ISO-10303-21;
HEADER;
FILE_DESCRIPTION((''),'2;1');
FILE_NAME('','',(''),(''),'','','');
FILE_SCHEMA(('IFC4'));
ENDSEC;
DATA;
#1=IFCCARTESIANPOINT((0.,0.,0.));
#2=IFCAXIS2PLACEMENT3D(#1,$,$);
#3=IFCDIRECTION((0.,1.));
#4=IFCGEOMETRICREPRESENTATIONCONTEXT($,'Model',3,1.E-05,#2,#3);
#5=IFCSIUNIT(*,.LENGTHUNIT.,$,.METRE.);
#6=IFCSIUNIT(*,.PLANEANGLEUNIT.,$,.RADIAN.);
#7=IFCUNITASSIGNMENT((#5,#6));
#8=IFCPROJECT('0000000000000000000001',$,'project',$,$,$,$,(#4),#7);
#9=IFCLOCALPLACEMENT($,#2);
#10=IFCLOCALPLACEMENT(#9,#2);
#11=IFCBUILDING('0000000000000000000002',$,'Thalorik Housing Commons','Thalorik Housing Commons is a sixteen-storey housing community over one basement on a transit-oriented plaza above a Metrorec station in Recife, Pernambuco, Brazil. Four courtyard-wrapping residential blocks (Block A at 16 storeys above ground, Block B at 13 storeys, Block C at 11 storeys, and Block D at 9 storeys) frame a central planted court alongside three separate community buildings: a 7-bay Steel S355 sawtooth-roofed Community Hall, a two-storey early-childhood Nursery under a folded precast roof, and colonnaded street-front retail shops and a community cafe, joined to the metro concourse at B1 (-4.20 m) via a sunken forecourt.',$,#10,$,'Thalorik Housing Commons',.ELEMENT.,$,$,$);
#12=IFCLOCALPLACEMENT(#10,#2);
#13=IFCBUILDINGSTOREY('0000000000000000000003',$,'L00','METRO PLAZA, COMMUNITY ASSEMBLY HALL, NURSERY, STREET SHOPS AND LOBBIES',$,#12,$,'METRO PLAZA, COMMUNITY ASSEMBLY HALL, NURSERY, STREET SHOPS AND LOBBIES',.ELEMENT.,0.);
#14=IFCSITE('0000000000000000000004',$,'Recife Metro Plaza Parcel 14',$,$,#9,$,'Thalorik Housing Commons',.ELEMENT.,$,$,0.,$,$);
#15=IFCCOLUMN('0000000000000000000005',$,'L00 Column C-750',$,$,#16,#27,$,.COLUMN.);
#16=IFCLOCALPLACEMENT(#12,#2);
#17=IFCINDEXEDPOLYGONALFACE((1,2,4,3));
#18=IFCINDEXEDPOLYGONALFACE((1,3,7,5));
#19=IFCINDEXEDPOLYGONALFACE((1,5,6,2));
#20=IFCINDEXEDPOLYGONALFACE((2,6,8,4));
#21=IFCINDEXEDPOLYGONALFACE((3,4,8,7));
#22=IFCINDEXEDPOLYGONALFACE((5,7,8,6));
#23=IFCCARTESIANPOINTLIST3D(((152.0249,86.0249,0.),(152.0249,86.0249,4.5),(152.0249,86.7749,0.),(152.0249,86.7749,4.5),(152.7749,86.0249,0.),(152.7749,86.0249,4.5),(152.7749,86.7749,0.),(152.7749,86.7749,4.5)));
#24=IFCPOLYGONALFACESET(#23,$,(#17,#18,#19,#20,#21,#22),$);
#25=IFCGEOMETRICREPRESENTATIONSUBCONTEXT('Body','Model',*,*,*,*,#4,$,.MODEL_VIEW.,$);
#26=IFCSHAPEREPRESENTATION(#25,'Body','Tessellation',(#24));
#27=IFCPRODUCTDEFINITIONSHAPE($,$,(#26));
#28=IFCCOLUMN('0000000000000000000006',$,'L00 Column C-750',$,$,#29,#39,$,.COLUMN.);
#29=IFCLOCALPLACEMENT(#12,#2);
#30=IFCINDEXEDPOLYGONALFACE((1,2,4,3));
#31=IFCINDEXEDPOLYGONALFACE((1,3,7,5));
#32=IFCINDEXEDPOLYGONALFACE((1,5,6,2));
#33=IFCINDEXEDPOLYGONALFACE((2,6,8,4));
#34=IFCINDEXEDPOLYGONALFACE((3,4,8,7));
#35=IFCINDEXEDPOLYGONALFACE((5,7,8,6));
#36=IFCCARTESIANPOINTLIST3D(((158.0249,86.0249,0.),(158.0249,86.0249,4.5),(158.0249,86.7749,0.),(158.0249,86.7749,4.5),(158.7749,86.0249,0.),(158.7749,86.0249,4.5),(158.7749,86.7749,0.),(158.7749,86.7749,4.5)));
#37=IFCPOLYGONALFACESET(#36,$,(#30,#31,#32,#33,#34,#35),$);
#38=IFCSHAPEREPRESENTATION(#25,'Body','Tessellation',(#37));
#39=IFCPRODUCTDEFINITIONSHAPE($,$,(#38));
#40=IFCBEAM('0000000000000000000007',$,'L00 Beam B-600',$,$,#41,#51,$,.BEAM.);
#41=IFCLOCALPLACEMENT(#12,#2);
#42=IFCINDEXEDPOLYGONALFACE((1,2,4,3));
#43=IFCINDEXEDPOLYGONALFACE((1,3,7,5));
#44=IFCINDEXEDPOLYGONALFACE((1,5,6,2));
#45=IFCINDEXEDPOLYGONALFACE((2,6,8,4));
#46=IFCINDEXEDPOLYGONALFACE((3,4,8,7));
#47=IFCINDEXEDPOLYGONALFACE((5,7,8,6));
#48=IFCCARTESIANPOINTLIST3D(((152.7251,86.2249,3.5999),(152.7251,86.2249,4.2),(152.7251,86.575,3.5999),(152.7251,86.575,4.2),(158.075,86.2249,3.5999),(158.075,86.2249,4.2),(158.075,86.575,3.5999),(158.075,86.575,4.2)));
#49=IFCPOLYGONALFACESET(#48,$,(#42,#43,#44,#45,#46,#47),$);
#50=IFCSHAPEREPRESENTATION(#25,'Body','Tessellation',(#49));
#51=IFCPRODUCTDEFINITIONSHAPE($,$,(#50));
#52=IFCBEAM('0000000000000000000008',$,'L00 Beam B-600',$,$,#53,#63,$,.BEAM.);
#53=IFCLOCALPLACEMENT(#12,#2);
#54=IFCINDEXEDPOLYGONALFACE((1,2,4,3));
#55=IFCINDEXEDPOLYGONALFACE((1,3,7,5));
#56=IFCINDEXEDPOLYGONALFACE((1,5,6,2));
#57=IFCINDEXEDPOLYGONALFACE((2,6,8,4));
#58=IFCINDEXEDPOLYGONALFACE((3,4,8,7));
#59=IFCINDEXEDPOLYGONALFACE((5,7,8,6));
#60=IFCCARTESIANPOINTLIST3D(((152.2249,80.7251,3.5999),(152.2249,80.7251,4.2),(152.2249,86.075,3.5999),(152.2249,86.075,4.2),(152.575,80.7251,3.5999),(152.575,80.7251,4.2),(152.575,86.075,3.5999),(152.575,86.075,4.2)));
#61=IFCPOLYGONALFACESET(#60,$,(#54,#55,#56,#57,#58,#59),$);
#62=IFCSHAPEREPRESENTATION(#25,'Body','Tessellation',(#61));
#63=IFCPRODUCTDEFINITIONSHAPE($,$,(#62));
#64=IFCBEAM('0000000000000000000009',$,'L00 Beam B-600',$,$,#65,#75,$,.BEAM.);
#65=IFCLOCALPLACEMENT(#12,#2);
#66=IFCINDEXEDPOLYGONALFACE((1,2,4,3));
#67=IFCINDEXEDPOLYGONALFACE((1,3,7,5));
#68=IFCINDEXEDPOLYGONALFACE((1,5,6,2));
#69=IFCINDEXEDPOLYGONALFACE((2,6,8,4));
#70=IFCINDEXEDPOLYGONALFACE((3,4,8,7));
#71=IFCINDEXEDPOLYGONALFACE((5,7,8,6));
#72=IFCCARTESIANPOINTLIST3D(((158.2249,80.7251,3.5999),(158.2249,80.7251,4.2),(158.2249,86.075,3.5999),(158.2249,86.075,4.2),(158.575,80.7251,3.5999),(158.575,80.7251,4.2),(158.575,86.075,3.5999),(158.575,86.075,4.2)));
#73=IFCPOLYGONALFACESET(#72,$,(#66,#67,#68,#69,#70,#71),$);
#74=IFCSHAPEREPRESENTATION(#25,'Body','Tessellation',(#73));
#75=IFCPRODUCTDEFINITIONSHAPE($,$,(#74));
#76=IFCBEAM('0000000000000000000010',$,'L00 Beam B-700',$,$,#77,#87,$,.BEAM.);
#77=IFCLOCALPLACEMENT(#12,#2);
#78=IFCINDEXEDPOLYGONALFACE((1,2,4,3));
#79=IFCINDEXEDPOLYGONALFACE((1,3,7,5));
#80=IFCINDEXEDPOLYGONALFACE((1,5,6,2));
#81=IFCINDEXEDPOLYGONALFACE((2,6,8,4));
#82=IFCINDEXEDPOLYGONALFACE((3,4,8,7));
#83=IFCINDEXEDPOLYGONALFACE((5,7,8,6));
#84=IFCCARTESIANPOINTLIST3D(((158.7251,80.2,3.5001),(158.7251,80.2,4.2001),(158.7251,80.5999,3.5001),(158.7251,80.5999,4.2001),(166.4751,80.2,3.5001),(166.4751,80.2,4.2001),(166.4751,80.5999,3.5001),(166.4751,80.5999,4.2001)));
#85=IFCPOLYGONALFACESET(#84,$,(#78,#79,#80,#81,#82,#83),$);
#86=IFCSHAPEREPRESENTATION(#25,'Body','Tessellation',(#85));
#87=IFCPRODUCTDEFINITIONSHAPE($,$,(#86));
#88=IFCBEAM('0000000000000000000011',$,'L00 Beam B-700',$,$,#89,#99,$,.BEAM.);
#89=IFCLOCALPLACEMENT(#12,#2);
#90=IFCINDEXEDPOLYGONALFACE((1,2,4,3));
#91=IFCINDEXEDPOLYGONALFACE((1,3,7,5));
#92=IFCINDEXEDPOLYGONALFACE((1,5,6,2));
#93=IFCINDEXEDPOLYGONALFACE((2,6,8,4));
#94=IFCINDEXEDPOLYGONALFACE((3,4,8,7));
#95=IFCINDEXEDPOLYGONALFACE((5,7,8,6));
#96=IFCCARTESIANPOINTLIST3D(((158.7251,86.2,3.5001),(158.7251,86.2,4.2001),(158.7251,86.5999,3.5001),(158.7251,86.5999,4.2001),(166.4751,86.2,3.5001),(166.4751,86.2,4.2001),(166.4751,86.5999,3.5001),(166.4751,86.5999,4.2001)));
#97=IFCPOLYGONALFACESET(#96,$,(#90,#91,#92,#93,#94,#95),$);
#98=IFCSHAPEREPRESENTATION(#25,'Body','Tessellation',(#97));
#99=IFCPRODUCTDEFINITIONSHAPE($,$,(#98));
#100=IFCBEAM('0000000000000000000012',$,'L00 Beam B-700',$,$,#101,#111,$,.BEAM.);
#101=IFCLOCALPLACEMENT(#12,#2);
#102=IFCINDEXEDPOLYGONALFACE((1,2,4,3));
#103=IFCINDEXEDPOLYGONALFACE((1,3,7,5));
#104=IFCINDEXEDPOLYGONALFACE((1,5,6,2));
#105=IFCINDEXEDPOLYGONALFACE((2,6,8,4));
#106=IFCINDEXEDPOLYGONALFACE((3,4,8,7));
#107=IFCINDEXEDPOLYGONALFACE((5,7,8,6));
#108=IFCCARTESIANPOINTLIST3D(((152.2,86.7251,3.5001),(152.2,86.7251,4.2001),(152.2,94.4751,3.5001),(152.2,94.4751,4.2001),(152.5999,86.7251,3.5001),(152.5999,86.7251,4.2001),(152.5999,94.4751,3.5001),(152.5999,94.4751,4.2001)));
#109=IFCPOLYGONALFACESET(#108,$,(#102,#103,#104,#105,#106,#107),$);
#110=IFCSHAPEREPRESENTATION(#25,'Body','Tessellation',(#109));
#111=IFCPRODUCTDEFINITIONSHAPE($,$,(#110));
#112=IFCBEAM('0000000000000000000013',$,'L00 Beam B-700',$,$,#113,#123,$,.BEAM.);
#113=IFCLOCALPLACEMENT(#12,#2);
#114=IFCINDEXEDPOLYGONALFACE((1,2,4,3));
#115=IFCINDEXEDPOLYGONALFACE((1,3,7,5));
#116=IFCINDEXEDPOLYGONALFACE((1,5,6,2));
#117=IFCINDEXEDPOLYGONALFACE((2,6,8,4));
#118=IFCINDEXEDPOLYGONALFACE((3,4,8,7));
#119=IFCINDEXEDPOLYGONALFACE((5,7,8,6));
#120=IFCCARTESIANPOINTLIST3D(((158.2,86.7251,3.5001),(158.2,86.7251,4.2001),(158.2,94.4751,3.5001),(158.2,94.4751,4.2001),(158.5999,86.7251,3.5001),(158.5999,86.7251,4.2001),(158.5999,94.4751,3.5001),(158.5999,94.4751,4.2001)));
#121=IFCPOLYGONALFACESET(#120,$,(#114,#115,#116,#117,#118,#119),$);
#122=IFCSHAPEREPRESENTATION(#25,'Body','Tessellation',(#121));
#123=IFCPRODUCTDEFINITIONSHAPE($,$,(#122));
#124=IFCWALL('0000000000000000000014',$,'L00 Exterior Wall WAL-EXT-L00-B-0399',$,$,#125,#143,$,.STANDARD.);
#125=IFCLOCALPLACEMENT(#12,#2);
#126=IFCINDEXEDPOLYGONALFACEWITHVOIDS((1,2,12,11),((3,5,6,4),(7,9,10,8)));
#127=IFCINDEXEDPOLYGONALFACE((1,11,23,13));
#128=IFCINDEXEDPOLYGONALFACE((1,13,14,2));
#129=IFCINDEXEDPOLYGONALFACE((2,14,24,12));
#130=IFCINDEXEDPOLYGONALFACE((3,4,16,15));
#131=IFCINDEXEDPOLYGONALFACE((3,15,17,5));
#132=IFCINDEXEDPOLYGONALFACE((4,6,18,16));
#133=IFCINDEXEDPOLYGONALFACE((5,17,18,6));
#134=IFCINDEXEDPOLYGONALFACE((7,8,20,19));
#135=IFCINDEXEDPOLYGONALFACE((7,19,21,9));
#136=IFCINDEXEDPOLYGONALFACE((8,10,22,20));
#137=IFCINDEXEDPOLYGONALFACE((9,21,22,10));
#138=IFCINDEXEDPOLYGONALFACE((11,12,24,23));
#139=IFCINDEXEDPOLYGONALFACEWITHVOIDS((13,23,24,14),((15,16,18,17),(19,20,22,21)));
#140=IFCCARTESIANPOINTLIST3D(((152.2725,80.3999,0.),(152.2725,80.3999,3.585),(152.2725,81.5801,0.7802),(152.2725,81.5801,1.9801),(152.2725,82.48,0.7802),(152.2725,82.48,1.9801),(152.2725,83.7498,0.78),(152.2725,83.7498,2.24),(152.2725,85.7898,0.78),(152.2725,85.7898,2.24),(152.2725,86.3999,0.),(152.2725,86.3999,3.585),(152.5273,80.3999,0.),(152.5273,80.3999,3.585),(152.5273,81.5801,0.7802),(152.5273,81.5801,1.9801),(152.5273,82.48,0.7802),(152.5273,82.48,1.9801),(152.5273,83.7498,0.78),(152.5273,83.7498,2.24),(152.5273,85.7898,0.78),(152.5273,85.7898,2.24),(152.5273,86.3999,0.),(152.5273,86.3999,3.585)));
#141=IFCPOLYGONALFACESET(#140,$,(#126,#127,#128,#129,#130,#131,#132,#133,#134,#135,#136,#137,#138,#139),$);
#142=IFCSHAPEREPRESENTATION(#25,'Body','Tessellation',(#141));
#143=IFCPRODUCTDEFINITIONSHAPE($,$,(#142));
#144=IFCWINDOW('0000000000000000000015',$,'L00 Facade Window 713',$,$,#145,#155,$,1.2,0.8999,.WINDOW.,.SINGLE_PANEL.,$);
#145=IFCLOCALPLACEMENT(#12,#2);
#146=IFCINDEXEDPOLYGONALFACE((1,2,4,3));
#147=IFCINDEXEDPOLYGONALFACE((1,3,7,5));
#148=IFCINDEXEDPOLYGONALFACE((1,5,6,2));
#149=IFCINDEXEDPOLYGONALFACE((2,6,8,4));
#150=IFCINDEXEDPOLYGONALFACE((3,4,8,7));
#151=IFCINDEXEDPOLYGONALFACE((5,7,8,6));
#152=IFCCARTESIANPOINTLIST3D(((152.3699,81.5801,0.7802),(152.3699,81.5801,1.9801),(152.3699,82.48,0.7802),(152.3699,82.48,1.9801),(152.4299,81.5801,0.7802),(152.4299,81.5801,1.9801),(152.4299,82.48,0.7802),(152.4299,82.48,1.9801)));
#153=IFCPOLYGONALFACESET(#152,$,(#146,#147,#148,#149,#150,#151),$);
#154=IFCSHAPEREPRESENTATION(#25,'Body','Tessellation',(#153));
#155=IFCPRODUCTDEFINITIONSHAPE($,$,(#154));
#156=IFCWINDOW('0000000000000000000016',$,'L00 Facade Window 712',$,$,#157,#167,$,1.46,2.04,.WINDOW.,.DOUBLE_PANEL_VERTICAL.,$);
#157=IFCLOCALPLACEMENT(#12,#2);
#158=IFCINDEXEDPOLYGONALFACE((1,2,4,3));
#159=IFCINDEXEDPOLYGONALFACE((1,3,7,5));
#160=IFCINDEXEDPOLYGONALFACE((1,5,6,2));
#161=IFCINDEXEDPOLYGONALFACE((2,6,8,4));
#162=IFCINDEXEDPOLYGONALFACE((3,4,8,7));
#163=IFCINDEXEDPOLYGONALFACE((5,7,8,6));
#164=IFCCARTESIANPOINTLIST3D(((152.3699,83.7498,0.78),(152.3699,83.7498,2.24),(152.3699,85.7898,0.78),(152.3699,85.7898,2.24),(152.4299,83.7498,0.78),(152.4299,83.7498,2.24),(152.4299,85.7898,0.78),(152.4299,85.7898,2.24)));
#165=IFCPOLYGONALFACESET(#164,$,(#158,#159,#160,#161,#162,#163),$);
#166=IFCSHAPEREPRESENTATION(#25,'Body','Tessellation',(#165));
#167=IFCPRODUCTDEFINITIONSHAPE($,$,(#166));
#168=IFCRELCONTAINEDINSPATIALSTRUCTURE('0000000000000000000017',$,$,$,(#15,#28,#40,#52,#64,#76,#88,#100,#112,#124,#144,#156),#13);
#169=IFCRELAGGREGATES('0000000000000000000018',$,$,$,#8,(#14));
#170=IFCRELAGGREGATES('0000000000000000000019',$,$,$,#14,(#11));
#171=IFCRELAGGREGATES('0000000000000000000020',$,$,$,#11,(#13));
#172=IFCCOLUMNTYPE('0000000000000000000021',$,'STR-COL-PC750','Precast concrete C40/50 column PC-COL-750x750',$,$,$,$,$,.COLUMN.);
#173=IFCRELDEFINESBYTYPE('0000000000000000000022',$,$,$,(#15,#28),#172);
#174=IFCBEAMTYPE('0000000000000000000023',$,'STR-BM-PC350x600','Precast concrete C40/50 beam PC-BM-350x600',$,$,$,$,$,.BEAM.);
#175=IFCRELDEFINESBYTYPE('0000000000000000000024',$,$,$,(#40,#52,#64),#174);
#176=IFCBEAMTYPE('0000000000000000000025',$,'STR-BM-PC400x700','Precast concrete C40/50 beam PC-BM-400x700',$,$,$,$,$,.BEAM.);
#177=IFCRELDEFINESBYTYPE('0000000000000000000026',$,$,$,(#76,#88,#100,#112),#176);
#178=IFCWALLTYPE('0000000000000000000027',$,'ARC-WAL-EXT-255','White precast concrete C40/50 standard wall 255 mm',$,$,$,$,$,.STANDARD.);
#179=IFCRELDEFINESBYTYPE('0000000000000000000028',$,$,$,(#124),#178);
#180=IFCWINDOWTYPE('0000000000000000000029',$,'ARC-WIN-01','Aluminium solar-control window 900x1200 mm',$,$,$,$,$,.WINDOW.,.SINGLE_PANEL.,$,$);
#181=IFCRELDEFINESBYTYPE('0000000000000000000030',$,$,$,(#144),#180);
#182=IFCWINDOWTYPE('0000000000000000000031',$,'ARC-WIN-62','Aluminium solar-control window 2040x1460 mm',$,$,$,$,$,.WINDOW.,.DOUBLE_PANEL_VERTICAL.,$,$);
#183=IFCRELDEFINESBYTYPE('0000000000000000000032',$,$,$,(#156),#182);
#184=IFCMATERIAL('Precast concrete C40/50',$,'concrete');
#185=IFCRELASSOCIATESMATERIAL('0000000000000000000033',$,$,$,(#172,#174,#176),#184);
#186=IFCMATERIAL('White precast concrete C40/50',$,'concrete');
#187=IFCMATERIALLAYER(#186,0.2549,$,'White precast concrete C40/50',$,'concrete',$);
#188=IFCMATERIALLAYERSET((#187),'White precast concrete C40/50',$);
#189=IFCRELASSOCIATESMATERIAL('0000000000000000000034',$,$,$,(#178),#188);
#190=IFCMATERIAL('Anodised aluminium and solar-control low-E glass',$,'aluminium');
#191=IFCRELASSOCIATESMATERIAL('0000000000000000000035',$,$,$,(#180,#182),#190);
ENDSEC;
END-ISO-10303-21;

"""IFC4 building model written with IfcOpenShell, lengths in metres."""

from ifc_helpers import new_model, si_unit, direction, frame, frame_2d, origin, origin_2d, place, context, subcontext, project, spatial, rectangle, extrude, material, layer, layer_set, material_profile, profile_set, type_object, element, fill, save


model = new_model("IFC4")

# Units and contexts
model_context = context("Model", 3, precision=1e-05, world=origin(), true_north=direction((0.0, 1.0)))
body_context = subcontext(model_context, "Body", "Model", "MODEL_VIEW")
ifc_project = project(units=[si_unit("LENGTHUNIT", "METRE"), si_unit("PLANEANGLEUNIT", "RADIAN")], contexts=[model_context])

# Site, building, storey
site_placement = place(None, origin())
site = spatial("IfcSite", under=ifc_project, at=site_placement, Name="Recife Metro Plaza Parcel 14", LongName="Thalorik Housing Commons", CompositionType="ELEMENT", RefElevation=0.0)
building_placement = place(site_placement, origin())
building = spatial("IfcBuilding", under=site, at=building_placement, Name="Thalorik Housing Commons", Description="Thalorik Housing Commons is a sixteen-storey housing community over one basement on a transit-oriented plaza above a Metrorec station in Recife, Pernambuco, Brazil. Four courtyard-wrapping residential blocks (Block A at 16 storeys above ground, Block B at 13 storeys, Block C at 11 storeys, and Block D at 9 storeys) frame a central planted court alongside three separate community buildings: a 7-bay Steel S355 sawtooth-roofed Community Hall, a two-storey early-childhood Nursery under a folded precast roof, and colonnaded street-front retail shops and a community cafe, joined to the metro concourse at B1 (-4.20 m) via a sunken forecourt.", LongName="Thalorik Housing Commons", CompositionType="ELEMENT")
storey_placement = place(building_placement, origin())
storey = spatial("IfcBuildingStorey", under=building, at=storey_placement, Name="L00", Description="METRO PLAZA, COMMUNITY ASSEMBLY HALL, NURSERY, STREET SHOPS AND LOBBIES", LongName="METRO PLAZA, COMMUNITY ASSEMBLY HALL, NURSERY, STREET SHOPS AND LOBBIES", CompositionType="ELEMENT", Elevation=0.0)

# Columns
ifc_material_1 = material(Name="Precast concrete C40/50", Category="concrete")
ifc_material_profile_1 = material_profile(ifc_material_1, rectangle(XDim=0.75, YDim=0.75, at=origin_2d()), Name="PC 750x750", Category="concrete")
ifc_profile_set_1 = profile_set([ifc_material_profile_1], Name="Precast concrete C40/50")
column_type = type_object("IfcColumnType", Name="STR-COL-PC750", Description="Precast concrete C40/50 column PC-COL-750x750", PredefinedType="COLUMN", material=ifc_profile_set_1)
for number, where, z_axis, x_axis, name in (
    (1, (152.3999, 86.3999, 0.0), (0.0, 0.0, 1.0), (1.0, 0.0, 0.0), "L00 Column C-750"),
    (2, (158.3999, 86.3999, 0.0), (0.0, 0.0, 1.0), (1.0, 0.0, 0.0), "L00 Column C-750"),
):
    element("IfcColumn", number, at=place(storey_placement, frame(where, z_axis=z_axis, x_axis=x_axis)), inside=storey, type_object=column_type, Name=name, PredefinedType="COLUMN", context=body_context, shape_type="SweptSolid", body=[
        extrude(rectangle(XDim=0.75, YDim=0.75, at=origin_2d()), origin(), (0.0, 0.0, 1.0), 4.5),
    ])

# Beams
ifc_material_profile_2 = material_profile(ifc_material_1, rectangle(XDim=0.3501, YDim=0.6001, at=origin_2d()), Name="PC 350x600", Category="concrete")
ifc_profile_set_2 = profile_set([ifc_material_profile_2], Name="Precast concrete C40/50")
beam_type_1 = type_object("IfcBeamType", Name="STR-BM-PC350x600", Description="Precast concrete C40/50 beam PC-BM-350x600", PredefinedType="BEAM", material=ifc_profile_set_2)
for number, where, z_axis, x_axis, name in (
    (3, (152.7251, 86.3999, 3.8999), (1.0, 0.0, 0.0), (0.0, 1.0, 0.0), "L00 Beam B-600"),
    (4, (152.3999, 80.7251, 3.8999), (0.0, 1.0, 0.0), (-1.0, 0.0, 0.0), "L00 Beam B-600"),
    (5, (158.3999, 80.7251, 3.8999), (0.0, 1.0, 0.0), (-1.0, 0.0, 0.0), "L00 Beam B-600"),
):
    element("IfcBeam", number, at=place(storey_placement, frame(where, z_axis=z_axis, x_axis=x_axis)), inside=storey, type_object=beam_type_1, Name=name, PredefinedType="BEAM", context=body_context, shape_type="SweptSolid", body=[
        extrude(rectangle(XDim=0.3501, YDim=0.6001, at=origin_2d()), origin(), (0.0, 0.0, 1.0), 5.3499),
    ])
ifc_material_profile_3 = material_profile(ifc_material_1, rectangle(XDim=0.3999, YDim=0.7, at=origin_2d()), Name="PC 400x700", Category="concrete")
ifc_profile_set_3 = profile_set([ifc_material_profile_3], Name="Precast concrete C40/50")
beam_type_2 = type_object("IfcBeamType", Name="STR-BM-PC400x700", Description="Precast concrete C40/50 beam PC-BM-400x700", PredefinedType="BEAM", material=ifc_profile_set_3)
for number, where, z_axis, x_axis, name in (
    (6, (158.7251, 80.3999, 3.8501), (1.0, 0.0, 0.0), (0.0, 1.0, 0.0), "L00 Beam B-700"),
    (7, (158.7251, 86.3999, 3.8501), (1.0, 0.0, 0.0), (0.0, 1.0, 0.0), "L00 Beam B-700"),
    (8, (152.3999, 86.7251, 3.8501), (0.0, 1.0, 0.0), (-1.0, 0.0, 0.0), "L00 Beam B-700"),
    (9, (158.3999, 86.7251, 3.8501), (0.0, 1.0, 0.0), (-1.0, 0.0, 0.0), "L00 Beam B-700"),
):
    element("IfcBeam", number, at=place(storey_placement, frame(where, z_axis=z_axis, x_axis=x_axis)), inside=storey, type_object=beam_type_2, Name=name, PredefinedType="BEAM", context=body_context, shape_type="SweptSolid", body=[
        extrude(rectangle(XDim=0.3999, YDim=0.7, at=origin_2d()), origin(), (0.0, 0.0, 1.0), 7.75),
    ])

# Wall, openings, windows
ifc_material_2 = material(Name="White precast concrete C40/50", Category="concrete")
ifc_layer_1 = layer(ifc_material_2, 0.2549, Name="White precast concrete C40/50", Category="concrete")
ifc_layer_set_1 = layer_set([ifc_layer_1], Name="White precast concrete C40/50")
wall_type_1 = type_object("IfcWallType", Name="ARC-WAL-EXT-255", Description="White precast concrete C40/50 standard wall 255 mm", PredefinedType="STANDARD", material=ifc_layer_set_1)
wall_1_placement = place(storey_placement, frame((152.3999, 86.3999, 0.0), z_axis=(0.0, 0.0, 1.0), x_axis=(0.0, -1.0, 0.0)))
wall_1 = element("IfcWall", 10, at=wall_1_placement, inside=storey, type_object=wall_type_1, Name="L00 Exterior Wall WAL-EXT-L00-B-0399", PredefinedType="STANDARD", context=body_context, shape_type="SweptSolid", body=[
    extrude(rectangle(XDim=6.0, YDim=0.2549, at=frame_2d((3.0, 0.0))), origin(), (0.0, 0.0, 1.0), 3.585),
])
opening_1_placement = place(wall_1_placement, frame((0.6101, 0.0, 0.78)))
opening_1 = element("IfcOpeningElement", 11, at=opening_1_placement, cuts=wall_1, PredefinedType="OPENING", context=body_context, shape_type="SweptSolid", body=[
    extrude(rectangle(XDim=2.04, YDim=1.46, at=frame_2d((1.02, 0.73))), frame((0.0, 0.1375, 0.0), z_axis=(0.0, -1.0, 0.0), x_axis=(1.0, 0.0, 0.0)), (0.0, 0.0, 1.0), 0.2749),
])
opening_2_placement = place(wall_1_placement, frame((3.9199, 0.0, 0.78)))
opening_2 = element("IfcOpeningElement", 12, at=opening_2_placement, cuts=wall_1, PredefinedType="OPENING", context=body_context, shape_type="SweptSolid", body=[
    extrude(rectangle(XDim=0.8999, YDim=1.2, at=frame_2d((0.45, 0.6001))), frame((0.0, 0.1375, 0.0), z_axis=(0.0, -1.0, 0.0), x_axis=(1.0, 0.0, 0.0)), (0.0, 0.0, 1.0), 0.2749),
])
ifc_material_3 = material(Name="Anodised aluminium and solar-control low-E glass", Category="aluminium")
window_type_1 = type_object("IfcWindowType", Name="ARC-WIN-01", Description="Aluminium solar-control window 900x1200 mm", PartitioningType="SINGLE_PANEL", PredefinedType="WINDOW", material=ifc_material_3)
window_1_placement = place(opening_2_placement, origin())
window_1 = element("IfcWindow", 13, at=window_1_placement, inside=storey, type_object=window_type_1, Name="L00 Facade Window 713", OverallHeight=1.2, OverallWidth=0.8999, PartitioningType="SINGLE_PANEL", PredefinedType="WINDOW", context=body_context, shape_type="SweptSolid", body=[
    extrude(rectangle(XDim=0.8999, YDim=1.2, at=frame_2d((0.45, 0.6001))), frame((0.0, 0.03, 0.0), z_axis=(0.0, -1.0, 0.0), x_axis=(1.0, 0.0, 0.0)), (0.0, 0.0, 1.0), 0.0601),
])
fill(opening_2, window_1)
window_type_2 = type_object("IfcWindowType", Name="ARC-WIN-62", Description="Aluminium solar-control window 2040x1460 mm", PartitioningType="DOUBLE_PANEL_VERTICAL", PredefinedType="WINDOW", material=ifc_material_3)
window_2_placement = place(opening_1_placement, origin())
window_2 = element("IfcWindow", 14, at=window_2_placement, inside=storey, type_object=window_type_2, Name="L00 Facade Window 712", OverallHeight=1.46, OverallWidth=2.04, PartitioningType="DOUBLE_PANEL_VERTICAL", PredefinedType="WINDOW", context=body_context, shape_type="SweptSolid", body=[
    extrude(rectangle(XDim=2.04, YDim=1.46, at=frame_2d((1.02, 0.73))), frame((0.0, 0.03, 0.0), z_axis=(0.0, -1.0, 0.0), x_axis=(1.0, 0.0, 0.0)), (0.0, 0.0, 1.0), 0.0601),
])
fill(opening_1, window_2)

save(model, "model.ifc")
